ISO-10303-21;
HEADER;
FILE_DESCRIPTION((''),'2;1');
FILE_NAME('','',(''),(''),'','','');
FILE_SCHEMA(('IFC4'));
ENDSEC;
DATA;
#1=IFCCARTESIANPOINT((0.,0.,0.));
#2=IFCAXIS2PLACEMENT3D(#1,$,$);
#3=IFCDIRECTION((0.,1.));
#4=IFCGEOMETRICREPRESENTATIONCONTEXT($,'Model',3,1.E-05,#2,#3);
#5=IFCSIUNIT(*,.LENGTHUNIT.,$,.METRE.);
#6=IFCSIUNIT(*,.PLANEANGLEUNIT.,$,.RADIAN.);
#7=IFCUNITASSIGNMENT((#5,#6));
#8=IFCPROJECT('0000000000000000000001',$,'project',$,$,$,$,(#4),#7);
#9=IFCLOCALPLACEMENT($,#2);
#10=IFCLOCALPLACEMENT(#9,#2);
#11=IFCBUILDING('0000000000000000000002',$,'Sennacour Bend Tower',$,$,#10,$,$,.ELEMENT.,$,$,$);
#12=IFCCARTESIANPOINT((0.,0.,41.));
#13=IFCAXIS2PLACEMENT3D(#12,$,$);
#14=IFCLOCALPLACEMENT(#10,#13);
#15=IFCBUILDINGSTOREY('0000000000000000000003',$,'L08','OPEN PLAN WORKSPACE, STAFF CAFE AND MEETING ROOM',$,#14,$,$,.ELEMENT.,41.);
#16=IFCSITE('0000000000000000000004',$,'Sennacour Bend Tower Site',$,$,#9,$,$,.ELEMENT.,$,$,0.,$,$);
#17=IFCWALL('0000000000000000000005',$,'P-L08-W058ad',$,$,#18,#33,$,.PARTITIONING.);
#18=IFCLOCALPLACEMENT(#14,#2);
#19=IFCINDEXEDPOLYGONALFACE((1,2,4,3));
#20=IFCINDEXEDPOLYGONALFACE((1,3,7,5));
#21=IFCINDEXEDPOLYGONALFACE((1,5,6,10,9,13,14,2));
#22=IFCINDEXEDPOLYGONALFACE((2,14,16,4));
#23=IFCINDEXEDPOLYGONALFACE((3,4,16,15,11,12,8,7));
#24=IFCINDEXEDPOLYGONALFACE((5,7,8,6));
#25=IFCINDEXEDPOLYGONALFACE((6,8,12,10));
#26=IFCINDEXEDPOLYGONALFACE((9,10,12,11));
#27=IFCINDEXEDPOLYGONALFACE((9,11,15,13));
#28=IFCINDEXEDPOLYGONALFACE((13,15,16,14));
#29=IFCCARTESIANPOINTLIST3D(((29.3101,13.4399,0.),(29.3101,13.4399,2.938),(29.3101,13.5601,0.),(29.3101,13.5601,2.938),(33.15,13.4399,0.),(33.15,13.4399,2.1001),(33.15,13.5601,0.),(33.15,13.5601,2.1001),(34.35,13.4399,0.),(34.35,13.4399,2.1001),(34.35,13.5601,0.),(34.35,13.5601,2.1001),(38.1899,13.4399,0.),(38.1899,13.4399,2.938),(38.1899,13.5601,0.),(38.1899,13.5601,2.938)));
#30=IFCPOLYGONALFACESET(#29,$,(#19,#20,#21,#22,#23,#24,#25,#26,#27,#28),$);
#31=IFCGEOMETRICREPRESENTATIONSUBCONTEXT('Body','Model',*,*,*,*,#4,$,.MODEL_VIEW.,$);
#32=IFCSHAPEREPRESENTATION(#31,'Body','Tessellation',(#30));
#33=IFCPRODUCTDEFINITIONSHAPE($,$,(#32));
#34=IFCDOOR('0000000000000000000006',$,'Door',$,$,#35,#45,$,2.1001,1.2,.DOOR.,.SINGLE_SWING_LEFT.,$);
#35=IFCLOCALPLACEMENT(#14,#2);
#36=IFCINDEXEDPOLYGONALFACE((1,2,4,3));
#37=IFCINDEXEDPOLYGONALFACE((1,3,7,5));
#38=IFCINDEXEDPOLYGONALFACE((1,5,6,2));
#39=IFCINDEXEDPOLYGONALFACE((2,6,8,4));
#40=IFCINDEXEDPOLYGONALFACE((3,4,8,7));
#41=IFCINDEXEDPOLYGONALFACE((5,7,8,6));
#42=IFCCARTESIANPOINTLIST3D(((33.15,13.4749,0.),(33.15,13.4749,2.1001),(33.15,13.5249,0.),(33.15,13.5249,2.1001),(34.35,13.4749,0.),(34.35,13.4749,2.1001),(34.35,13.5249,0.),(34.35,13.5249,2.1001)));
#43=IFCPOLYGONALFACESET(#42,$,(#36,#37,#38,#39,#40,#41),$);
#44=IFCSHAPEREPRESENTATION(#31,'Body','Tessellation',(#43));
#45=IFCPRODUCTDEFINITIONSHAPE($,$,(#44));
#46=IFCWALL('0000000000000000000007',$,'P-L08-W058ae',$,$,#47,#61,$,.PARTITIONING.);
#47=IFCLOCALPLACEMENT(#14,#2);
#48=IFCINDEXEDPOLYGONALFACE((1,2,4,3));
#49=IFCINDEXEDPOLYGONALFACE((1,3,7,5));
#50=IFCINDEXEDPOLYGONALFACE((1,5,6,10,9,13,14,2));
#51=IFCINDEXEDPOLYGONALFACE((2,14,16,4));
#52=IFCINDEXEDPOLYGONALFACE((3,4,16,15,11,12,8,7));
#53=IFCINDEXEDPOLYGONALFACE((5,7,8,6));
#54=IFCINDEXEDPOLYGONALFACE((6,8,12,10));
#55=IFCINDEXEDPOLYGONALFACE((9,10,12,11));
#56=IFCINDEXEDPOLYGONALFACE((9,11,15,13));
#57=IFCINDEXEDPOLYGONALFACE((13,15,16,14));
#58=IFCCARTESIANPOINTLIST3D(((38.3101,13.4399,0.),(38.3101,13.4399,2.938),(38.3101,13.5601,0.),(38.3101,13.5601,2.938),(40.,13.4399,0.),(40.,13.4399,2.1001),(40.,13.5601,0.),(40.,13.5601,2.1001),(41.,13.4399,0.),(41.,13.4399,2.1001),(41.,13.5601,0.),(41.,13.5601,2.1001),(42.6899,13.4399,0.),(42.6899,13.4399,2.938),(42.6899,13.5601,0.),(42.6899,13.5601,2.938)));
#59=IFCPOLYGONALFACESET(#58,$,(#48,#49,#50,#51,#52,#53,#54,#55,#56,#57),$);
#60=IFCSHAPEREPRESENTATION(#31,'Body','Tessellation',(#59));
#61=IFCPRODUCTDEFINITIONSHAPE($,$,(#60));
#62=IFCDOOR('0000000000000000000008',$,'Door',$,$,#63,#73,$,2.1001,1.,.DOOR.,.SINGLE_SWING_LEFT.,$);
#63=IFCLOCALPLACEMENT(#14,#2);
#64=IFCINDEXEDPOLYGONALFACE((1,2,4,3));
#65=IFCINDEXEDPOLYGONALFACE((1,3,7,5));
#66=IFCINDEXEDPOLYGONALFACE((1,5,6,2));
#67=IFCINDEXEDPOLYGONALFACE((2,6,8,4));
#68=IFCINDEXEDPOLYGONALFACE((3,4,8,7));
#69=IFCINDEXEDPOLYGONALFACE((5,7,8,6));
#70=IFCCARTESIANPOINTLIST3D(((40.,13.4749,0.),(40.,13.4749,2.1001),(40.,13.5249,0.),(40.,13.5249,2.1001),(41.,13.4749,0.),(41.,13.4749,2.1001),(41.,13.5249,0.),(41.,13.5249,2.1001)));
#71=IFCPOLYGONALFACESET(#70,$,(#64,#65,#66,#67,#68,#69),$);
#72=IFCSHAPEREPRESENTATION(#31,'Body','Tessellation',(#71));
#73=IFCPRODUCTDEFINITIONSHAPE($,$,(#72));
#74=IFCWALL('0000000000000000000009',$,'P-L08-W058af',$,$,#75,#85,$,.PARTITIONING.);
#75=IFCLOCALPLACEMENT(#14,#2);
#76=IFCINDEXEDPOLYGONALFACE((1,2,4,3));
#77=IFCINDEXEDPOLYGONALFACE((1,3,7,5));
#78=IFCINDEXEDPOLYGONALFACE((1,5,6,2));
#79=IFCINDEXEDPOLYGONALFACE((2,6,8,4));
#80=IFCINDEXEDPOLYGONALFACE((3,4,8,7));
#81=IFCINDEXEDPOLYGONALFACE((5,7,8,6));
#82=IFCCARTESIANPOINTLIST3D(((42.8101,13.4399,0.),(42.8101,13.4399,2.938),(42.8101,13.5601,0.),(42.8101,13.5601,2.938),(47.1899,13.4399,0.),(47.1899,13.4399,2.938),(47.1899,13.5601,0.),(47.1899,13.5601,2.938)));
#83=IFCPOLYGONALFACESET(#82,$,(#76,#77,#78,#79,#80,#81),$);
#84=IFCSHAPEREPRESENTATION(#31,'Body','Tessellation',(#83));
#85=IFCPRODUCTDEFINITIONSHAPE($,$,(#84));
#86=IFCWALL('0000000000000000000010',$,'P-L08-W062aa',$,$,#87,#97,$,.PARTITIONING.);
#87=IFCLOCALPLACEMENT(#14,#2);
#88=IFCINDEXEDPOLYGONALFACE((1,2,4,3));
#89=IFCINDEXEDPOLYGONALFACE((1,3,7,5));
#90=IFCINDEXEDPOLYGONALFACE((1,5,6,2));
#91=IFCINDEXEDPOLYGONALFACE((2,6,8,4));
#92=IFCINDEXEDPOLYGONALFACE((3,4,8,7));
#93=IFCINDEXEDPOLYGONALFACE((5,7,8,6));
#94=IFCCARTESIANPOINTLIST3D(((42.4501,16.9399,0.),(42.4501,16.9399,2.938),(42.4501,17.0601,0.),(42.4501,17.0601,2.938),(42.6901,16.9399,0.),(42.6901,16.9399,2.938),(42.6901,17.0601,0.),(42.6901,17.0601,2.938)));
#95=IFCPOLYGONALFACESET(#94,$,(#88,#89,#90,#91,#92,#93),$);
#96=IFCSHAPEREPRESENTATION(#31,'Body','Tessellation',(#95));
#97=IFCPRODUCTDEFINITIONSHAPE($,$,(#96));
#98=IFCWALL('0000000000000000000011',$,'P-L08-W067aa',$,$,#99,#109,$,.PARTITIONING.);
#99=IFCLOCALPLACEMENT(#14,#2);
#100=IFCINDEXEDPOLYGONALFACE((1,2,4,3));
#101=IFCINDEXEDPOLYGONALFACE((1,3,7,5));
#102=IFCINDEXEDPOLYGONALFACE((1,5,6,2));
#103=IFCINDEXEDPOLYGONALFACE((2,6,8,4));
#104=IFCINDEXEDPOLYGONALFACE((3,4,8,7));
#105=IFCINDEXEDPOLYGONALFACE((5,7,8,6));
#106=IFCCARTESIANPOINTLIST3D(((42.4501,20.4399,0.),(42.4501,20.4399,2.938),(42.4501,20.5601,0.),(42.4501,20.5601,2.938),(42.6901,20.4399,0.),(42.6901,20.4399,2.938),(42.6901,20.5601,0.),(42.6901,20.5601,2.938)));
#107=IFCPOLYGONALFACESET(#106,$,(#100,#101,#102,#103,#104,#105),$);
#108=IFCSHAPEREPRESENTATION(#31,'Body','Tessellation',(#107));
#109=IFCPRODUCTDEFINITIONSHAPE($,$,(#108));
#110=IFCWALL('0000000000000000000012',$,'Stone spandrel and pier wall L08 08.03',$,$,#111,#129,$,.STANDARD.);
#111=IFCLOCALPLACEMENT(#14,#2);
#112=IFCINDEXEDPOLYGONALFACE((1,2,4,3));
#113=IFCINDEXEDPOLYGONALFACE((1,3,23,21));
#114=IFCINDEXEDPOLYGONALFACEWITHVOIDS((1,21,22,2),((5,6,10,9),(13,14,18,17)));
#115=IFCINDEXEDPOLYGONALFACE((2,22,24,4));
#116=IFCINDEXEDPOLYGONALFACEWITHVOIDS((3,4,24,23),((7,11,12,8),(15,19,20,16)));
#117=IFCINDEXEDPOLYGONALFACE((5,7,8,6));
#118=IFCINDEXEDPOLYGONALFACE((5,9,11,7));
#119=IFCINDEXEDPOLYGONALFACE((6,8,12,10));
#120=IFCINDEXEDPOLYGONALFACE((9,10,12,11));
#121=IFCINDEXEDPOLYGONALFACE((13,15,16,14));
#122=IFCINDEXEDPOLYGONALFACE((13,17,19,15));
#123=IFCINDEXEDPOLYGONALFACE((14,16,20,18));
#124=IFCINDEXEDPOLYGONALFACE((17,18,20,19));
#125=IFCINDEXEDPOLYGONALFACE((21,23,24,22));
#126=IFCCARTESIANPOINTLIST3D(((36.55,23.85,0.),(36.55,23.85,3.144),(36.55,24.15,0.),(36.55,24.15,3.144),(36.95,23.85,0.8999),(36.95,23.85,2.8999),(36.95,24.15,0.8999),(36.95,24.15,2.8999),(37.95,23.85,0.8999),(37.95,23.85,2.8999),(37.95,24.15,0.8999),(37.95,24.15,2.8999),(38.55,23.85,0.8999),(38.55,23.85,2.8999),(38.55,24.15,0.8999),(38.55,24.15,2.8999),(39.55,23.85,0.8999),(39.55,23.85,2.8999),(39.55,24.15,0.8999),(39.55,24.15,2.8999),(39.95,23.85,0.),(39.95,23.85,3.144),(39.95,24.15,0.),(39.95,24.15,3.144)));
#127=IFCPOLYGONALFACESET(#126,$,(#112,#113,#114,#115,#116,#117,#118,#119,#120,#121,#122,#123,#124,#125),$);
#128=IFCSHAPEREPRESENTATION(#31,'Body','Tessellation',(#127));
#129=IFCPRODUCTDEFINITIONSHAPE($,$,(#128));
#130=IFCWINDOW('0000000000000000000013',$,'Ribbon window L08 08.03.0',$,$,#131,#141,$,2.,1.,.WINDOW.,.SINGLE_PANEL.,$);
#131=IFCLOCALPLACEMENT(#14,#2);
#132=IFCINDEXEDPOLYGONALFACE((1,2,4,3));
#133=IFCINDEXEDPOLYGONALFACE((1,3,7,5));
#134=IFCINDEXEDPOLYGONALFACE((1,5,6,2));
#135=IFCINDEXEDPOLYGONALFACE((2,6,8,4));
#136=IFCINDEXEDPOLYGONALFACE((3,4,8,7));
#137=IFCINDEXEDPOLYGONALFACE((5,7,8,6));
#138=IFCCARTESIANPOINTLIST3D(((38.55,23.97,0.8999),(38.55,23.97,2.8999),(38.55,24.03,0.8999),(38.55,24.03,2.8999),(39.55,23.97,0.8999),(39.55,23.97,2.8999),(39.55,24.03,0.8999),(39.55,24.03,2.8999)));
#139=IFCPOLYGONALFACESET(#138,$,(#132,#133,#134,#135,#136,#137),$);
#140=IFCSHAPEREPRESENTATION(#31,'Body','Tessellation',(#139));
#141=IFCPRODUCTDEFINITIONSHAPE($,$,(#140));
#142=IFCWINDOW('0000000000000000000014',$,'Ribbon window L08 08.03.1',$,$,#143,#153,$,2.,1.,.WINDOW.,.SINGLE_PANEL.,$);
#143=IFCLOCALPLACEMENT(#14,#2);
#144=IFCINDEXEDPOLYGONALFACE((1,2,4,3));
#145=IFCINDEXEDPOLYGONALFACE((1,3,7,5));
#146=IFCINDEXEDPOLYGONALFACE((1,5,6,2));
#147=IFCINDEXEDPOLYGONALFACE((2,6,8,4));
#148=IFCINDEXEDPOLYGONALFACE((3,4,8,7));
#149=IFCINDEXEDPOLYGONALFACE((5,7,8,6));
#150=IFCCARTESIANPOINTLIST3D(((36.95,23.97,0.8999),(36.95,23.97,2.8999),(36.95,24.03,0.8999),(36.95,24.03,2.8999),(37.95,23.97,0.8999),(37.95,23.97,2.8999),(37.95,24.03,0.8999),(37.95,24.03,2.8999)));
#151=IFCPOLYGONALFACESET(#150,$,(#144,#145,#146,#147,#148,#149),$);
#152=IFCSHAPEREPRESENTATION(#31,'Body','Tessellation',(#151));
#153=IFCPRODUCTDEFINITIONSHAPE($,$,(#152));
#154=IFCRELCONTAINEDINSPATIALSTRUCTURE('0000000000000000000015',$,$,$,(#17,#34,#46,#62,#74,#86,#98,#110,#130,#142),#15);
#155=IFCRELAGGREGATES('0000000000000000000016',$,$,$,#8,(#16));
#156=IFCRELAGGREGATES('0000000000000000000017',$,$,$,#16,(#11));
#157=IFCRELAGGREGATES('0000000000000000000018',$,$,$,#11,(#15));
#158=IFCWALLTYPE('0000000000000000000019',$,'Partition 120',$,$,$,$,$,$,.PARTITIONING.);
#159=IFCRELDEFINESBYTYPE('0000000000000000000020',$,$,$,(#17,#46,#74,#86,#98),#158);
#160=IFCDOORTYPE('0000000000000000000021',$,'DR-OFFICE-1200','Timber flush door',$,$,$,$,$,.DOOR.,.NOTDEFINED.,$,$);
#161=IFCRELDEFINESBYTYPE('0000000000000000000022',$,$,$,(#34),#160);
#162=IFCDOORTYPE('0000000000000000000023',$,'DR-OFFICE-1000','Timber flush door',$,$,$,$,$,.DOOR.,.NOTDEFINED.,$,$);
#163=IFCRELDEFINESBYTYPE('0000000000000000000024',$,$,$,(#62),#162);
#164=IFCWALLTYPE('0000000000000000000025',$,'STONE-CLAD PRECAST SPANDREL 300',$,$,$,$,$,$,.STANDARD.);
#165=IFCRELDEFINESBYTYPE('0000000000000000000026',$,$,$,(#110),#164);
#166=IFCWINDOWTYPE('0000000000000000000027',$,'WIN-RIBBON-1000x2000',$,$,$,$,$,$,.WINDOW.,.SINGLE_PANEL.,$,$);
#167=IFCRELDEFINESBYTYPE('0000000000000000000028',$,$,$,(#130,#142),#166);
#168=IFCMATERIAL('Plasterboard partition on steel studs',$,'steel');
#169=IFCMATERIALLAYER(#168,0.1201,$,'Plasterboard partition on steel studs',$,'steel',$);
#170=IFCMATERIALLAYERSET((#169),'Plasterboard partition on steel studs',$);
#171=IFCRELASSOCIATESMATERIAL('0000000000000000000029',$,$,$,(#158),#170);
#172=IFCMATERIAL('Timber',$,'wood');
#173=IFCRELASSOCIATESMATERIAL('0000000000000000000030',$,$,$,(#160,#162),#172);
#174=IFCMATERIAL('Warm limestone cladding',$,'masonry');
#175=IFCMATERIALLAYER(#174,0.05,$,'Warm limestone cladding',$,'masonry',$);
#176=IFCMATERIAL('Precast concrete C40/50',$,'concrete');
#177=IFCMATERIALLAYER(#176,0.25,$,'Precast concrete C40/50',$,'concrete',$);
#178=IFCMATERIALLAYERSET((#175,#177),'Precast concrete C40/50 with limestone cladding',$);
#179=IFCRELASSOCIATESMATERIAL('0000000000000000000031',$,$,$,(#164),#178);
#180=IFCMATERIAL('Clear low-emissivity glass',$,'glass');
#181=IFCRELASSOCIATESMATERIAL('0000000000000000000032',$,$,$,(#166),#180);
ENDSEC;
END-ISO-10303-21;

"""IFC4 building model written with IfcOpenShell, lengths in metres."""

from ifc_helpers import new_model, si_unit, direction, frame, frame_2d, origin, place, context, subcontext, project, spatial, rectangle, extrude, material, layer, layer_set, type_object, element, fill, save


model = new_model("IFC4")

# Units and contexts
model_context = context("Model", 3, precision=1e-05, world=origin(), true_north=direction((0.0, 1.0)))
body_context = subcontext(model_context, "Body", "Model", "MODEL_VIEW")
ifc_project = project(units=[si_unit("LENGTHUNIT", "METRE"), si_unit("PLANEANGLEUNIT", "RADIAN")], contexts=[model_context])

# Site, building, storey
site_placement = place(None, origin())
site = spatial("IfcSite", under=ifc_project, at=site_placement, Name="Sennacour Bend Tower Site", CompositionType="ELEMENT", RefElevation=0.0)
building_placement = place(site_placement, origin())
building = spatial("IfcBuilding", under=site, at=building_placement, Name="Sennacour Bend Tower", CompositionType="ELEMENT")
storey_placement = place(building_placement, frame((0.0, 0.0, 41.0)))
storey = spatial("IfcBuildingStorey", under=building, at=storey_placement, Name="L08", Description="OPEN PLAN WORKSPACE, STAFF CAFE AND MEETING ROOM", CompositionType="ELEMENT", Elevation=41.0)

# Shared definitions
ifc_material_1 = material(Name="Plasterboard partition on steel studs", Category="steel")
ifc_layer_1 = layer(ifc_material_1, 0.1201, Name="Plasterboard partition on steel studs", Category="steel")
ifc_layer_set_1 = layer_set([ifc_layer_1], Name="Plasterboard partition on steel studs")
wall_type_1 = type_object("IfcWallType", Name="Partition 120", PredefinedType="PARTITIONING", material=ifc_layer_set_1)

# Walls, openings, doors
wall_1_placement = place(storey_placement, frame((29.3101, 13.5, 0.0), z_axis=(0.0, 0.0, 1.0), x_axis=(1.0, 0.0, 0.0)))
wall_1 = element("IfcWall", 1, at=wall_1_placement, inside=storey, type_object=wall_type_1, Name="P-L08-W058ad", PredefinedType="PARTITIONING", context=body_context, shape_type="SweptSolid", body=[
    extrude(rectangle(XDim=8.8799, YDim=0.1201, at=frame_2d((4.4399, 0.0))), origin(), (0.0, 0.0, 1.0), 2.938),
])
opening_1_placement = place(wall_1_placement, frame((3.8398, 0.0, 0.0)))
opening_1 = element("IfcOpeningElement", 2, at=opening_1_placement, cuts=wall_1, PredefinedType="OPENING", context=body_context, shape_type="SweptSolid", body=[
    extrude(rectangle(XDim=1.2, YDim=2.1001, at=frame_2d((0.6001, 1.05))), frame((0.0, 0.0701, 0.0), z_axis=(0.0, -1.0, 0.0), x_axis=(1.0, 0.0, 0.0)), (0.0, 0.0, 1.0), 0.1401),
])
ifc_material_2 = material(Name="Timber", Category="wood")
door_type_1 = type_object("IfcDoorType", Name="DR-OFFICE-1200", Description="Timber flush door", OperationType="NOTDEFINED", PredefinedType="DOOR", material=ifc_material_2)
door_1_placement = place(opening_1_placement, origin())
door_1 = element("IfcDoor", 3, at=door_1_placement, inside=storey, type_object=door_type_1, Name="Door", OperationType="SINGLE_SWING_LEFT", OverallHeight=2.1001, OverallWidth=1.2, PredefinedType="DOOR", context=body_context, shape_type="SweptSolid", body=[
    extrude(rectangle(XDim=1.2, YDim=2.1001, at=frame_2d((0.6001, 1.05))), frame((0.0, 0.0249, 0.0), z_axis=(0.0, -1.0, 0.0), x_axis=(1.0, 0.0, 0.0)), (0.0, 0.0, 1.0), 0.05),
])
fill(opening_1, door_1)
wall_2_placement = place(storey_placement, frame((38.3101, 13.5, 0.0), z_axis=(0.0, 0.0, 1.0), x_axis=(1.0, 0.0, 0.0)))
wall_2 = element("IfcWall", 4, at=wall_2_placement, inside=storey, type_object=wall_type_1, Name="P-L08-W058ae", PredefinedType="PARTITIONING", context=body_context, shape_type="SweptSolid", body=[
    extrude(rectangle(XDim=4.3799, YDim=0.1201, at=frame_2d((2.1899, 0.0))), origin(), (0.0, 0.0, 1.0), 2.938),
])
opening_2_placement = place(wall_2_placement, frame((1.6899, 0.0, 0.0)))
opening_2 = element("IfcOpeningElement", 5, at=opening_2_placement, cuts=wall_2, PredefinedType="OPENING", context=body_context, shape_type="SweptSolid", body=[
    extrude(rectangle(XDim=1.0, YDim=2.1001, at=frame_2d((0.5, 1.05))), frame((0.0, 0.0701, 0.0), z_axis=(0.0, -1.0, 0.0), x_axis=(1.0, 0.0, 0.0)), (0.0, 0.0, 1.0), 0.1401),
])
door_type_2 = type_object("IfcDoorType", Name="DR-OFFICE-1000", Description="Timber flush door", OperationType="NOTDEFINED", PredefinedType="DOOR", material=ifc_material_2)
door_2_placement = place(opening_2_placement, origin())
door_2 = element("IfcDoor", 6, at=door_2_placement, inside=storey, type_object=door_type_2, Name="Door", OperationType="SINGLE_SWING_LEFT", OverallHeight=2.1001, OverallWidth=1.0, PredefinedType="DOOR", context=body_context, shape_type="SweptSolid", body=[
    extrude(rectangle(XDim=1.0, YDim=2.1001, at=frame_2d((0.5, 1.05))), frame((0.0, 0.0249, 0.0), z_axis=(0.0, -1.0, 0.0), x_axis=(1.0, 0.0, 0.0)), (0.0, 0.0, 1.0), 0.05),
])
fill(opening_2, door_2)

# Walls
wall_3_placement = place(storey_placement, frame((42.8101, 13.5, 0.0), z_axis=(0.0, 0.0, 1.0), x_axis=(1.0, 0.0, 0.0)))
element("IfcWall", 7, at=wall_3_placement, inside=storey, type_object=wall_type_1, Name="P-L08-W058af", PredefinedType="PARTITIONING", context=body_context, shape_type="SweptSolid", body=[
    extrude(rectangle(XDim=4.3799, YDim=0.1201, at=frame_2d((2.1899, 0.0))), origin(), (0.0, 0.0, 1.0), 2.938),
])
for number, where, z_axis, x_axis, name in (
    (8, (42.45, 17.0, 0.0), (0.0, 0.0, 1.0), (1.0, 0.0, 0.0), "P-L08-W062aa"),
    (9, (42.45, 20.5, 0.0), (0.0, 0.0, 1.0), (1.0, 0.0, 0.0), "P-L08-W067aa"),
):
    element("IfcWall", number, at=place(storey_placement, frame(where, z_axis=z_axis, x_axis=x_axis)), inside=storey, type_object=wall_type_1, Name=name, PredefinedType="PARTITIONING", context=body_context, shape_type="SweptSolid", body=[
        extrude(rectangle(XDim=0.24, YDim=0.1201, at=frame_2d((0.1201, 0.0))), origin(), (0.0, 0.0, 1.0), 2.938),
    ])

# Wall, openings, windows
ifc_material_3 = material(Name="Warm limestone cladding", Category="masonry")
ifc_layer_2 = layer(ifc_material_3, 0.05, Name="Warm limestone cladding", Category="masonry")
ifc_material_4 = material(Name="Precast concrete C40/50", Category="concrete")
ifc_layer_3 = layer(ifc_material_4, 0.25, Name="Precast concrete C40/50", Category="concrete")
ifc_layer_set_2 = layer_set([ifc_layer_2, ifc_layer_3], Name="Precast concrete C40/50 with limestone cladding")
wall_type_2 = type_object("IfcWallType", Name="STONE-CLAD PRECAST SPANDREL 300", PredefinedType="STANDARD", material=ifc_layer_set_2)
wall_4_placement = place(storey_placement, frame((39.95, 24.0, 0.0), z_axis=(0.0, 0.0, 1.0), x_axis=(-1.0, 0.0, 0.0)))
wall_4 = element("IfcWall", 10, at=wall_4_placement, inside=storey, type_object=wall_type_2, Name="Stone spandrel and pier wall L08 08.03", PredefinedType="STANDARD", context=body_context, shape_type="SweptSolid", body=[
    extrude(rectangle(XDim=3.3999, YDim=0.3, at=frame_2d((1.7, 0.0))), origin(), (0.0, 0.0, 1.0), 3.144),
])
opening_3_placement = place(wall_4_placement, frame((0.3999, 0.0, 0.8999)))
opening_3 = element("IfcOpeningElement", 11, at=opening_3_placement, cuts=wall_4, PredefinedType="OPENING", context=body_context, shape_type="SweptSolid", body=[
    extrude(rectangle(XDim=1.0, YDim=2.0, at=frame_2d((0.5, 1.0))), frame((0.0, 0.1602, 0.0), z_axis=(0.0, -1.0, 0.0), x_axis=(1.0, 0.0, 0.0)), (0.0, 0.0, 1.0), 0.3201),
])
opening_4_placement = place(wall_4_placement, frame((2.0, 0.0, 0.8999)))
opening_4 = element("IfcOpeningElement", 12, at=opening_4_placement, cuts=wall_4, PredefinedType="OPENING", context=body_context, shape_type="SweptSolid", body=[
    extrude(rectangle(XDim=1.0, YDim=2.0, at=frame_2d((0.5, 1.0))), frame((0.0, 0.1602, 0.0), z_axis=(0.0, -1.0, 0.0), x_axis=(1.0, 0.0, 0.0)), (0.0, 0.0, 1.0), 0.3201),
])
ifc_material_5 = material(Name="Clear low-emissivity glass", Category="glass")
window_type_1 = type_object("IfcWindowType", Name="WIN-RIBBON-1000x2000", PartitioningType="SINGLE_PANEL", PredefinedType="WINDOW", material=ifc_material_5)
window_1_placement = place(opening_3_placement, origin())
window_1 = element("IfcWindow", 13, at=window_1_placement, inside=storey, type_object=window_type_1, Name="Ribbon window L08 08.03.0", OverallHeight=2.0, OverallWidth=1.0, PartitioningType="SINGLE_PANEL", PredefinedType="WINDOW", context=body_context, shape_type="SweptSolid", body=[
    extrude(rectangle(XDim=1.0, YDim=2.0, at=frame_2d((0.5, 1.0))), frame((0.0, 0.03, 0.0), z_axis=(0.0, -1.0, 0.0), x_axis=(1.0, 0.0, 0.0)), (0.0, 0.0, 1.0), 0.0601),
])
fill(opening_3, window_1)
window_2_placement = place(opening_4_placement, origin())
window_2 = element("IfcWindow", 14, at=window_2_placement, inside=storey, type_object=window_type_1, Name="Ribbon window L08 08.03.1", OverallHeight=2.0, OverallWidth=1.0, PartitioningType="SINGLE_PANEL", PredefinedType="WINDOW", context=body_context, shape_type="SweptSolid", body=[
    extrude(rectangle(XDim=1.0, YDim=2.0, at=frame_2d((0.5, 1.0))), frame((0.0, 0.03, 0.0), z_axis=(0.0, -1.0, 0.0), x_axis=(1.0, 0.0, 0.0)), (0.0, 0.0, 1.0), 0.0601),
])
fill(opening_4, window_2)

save(model, "model.ifc")
